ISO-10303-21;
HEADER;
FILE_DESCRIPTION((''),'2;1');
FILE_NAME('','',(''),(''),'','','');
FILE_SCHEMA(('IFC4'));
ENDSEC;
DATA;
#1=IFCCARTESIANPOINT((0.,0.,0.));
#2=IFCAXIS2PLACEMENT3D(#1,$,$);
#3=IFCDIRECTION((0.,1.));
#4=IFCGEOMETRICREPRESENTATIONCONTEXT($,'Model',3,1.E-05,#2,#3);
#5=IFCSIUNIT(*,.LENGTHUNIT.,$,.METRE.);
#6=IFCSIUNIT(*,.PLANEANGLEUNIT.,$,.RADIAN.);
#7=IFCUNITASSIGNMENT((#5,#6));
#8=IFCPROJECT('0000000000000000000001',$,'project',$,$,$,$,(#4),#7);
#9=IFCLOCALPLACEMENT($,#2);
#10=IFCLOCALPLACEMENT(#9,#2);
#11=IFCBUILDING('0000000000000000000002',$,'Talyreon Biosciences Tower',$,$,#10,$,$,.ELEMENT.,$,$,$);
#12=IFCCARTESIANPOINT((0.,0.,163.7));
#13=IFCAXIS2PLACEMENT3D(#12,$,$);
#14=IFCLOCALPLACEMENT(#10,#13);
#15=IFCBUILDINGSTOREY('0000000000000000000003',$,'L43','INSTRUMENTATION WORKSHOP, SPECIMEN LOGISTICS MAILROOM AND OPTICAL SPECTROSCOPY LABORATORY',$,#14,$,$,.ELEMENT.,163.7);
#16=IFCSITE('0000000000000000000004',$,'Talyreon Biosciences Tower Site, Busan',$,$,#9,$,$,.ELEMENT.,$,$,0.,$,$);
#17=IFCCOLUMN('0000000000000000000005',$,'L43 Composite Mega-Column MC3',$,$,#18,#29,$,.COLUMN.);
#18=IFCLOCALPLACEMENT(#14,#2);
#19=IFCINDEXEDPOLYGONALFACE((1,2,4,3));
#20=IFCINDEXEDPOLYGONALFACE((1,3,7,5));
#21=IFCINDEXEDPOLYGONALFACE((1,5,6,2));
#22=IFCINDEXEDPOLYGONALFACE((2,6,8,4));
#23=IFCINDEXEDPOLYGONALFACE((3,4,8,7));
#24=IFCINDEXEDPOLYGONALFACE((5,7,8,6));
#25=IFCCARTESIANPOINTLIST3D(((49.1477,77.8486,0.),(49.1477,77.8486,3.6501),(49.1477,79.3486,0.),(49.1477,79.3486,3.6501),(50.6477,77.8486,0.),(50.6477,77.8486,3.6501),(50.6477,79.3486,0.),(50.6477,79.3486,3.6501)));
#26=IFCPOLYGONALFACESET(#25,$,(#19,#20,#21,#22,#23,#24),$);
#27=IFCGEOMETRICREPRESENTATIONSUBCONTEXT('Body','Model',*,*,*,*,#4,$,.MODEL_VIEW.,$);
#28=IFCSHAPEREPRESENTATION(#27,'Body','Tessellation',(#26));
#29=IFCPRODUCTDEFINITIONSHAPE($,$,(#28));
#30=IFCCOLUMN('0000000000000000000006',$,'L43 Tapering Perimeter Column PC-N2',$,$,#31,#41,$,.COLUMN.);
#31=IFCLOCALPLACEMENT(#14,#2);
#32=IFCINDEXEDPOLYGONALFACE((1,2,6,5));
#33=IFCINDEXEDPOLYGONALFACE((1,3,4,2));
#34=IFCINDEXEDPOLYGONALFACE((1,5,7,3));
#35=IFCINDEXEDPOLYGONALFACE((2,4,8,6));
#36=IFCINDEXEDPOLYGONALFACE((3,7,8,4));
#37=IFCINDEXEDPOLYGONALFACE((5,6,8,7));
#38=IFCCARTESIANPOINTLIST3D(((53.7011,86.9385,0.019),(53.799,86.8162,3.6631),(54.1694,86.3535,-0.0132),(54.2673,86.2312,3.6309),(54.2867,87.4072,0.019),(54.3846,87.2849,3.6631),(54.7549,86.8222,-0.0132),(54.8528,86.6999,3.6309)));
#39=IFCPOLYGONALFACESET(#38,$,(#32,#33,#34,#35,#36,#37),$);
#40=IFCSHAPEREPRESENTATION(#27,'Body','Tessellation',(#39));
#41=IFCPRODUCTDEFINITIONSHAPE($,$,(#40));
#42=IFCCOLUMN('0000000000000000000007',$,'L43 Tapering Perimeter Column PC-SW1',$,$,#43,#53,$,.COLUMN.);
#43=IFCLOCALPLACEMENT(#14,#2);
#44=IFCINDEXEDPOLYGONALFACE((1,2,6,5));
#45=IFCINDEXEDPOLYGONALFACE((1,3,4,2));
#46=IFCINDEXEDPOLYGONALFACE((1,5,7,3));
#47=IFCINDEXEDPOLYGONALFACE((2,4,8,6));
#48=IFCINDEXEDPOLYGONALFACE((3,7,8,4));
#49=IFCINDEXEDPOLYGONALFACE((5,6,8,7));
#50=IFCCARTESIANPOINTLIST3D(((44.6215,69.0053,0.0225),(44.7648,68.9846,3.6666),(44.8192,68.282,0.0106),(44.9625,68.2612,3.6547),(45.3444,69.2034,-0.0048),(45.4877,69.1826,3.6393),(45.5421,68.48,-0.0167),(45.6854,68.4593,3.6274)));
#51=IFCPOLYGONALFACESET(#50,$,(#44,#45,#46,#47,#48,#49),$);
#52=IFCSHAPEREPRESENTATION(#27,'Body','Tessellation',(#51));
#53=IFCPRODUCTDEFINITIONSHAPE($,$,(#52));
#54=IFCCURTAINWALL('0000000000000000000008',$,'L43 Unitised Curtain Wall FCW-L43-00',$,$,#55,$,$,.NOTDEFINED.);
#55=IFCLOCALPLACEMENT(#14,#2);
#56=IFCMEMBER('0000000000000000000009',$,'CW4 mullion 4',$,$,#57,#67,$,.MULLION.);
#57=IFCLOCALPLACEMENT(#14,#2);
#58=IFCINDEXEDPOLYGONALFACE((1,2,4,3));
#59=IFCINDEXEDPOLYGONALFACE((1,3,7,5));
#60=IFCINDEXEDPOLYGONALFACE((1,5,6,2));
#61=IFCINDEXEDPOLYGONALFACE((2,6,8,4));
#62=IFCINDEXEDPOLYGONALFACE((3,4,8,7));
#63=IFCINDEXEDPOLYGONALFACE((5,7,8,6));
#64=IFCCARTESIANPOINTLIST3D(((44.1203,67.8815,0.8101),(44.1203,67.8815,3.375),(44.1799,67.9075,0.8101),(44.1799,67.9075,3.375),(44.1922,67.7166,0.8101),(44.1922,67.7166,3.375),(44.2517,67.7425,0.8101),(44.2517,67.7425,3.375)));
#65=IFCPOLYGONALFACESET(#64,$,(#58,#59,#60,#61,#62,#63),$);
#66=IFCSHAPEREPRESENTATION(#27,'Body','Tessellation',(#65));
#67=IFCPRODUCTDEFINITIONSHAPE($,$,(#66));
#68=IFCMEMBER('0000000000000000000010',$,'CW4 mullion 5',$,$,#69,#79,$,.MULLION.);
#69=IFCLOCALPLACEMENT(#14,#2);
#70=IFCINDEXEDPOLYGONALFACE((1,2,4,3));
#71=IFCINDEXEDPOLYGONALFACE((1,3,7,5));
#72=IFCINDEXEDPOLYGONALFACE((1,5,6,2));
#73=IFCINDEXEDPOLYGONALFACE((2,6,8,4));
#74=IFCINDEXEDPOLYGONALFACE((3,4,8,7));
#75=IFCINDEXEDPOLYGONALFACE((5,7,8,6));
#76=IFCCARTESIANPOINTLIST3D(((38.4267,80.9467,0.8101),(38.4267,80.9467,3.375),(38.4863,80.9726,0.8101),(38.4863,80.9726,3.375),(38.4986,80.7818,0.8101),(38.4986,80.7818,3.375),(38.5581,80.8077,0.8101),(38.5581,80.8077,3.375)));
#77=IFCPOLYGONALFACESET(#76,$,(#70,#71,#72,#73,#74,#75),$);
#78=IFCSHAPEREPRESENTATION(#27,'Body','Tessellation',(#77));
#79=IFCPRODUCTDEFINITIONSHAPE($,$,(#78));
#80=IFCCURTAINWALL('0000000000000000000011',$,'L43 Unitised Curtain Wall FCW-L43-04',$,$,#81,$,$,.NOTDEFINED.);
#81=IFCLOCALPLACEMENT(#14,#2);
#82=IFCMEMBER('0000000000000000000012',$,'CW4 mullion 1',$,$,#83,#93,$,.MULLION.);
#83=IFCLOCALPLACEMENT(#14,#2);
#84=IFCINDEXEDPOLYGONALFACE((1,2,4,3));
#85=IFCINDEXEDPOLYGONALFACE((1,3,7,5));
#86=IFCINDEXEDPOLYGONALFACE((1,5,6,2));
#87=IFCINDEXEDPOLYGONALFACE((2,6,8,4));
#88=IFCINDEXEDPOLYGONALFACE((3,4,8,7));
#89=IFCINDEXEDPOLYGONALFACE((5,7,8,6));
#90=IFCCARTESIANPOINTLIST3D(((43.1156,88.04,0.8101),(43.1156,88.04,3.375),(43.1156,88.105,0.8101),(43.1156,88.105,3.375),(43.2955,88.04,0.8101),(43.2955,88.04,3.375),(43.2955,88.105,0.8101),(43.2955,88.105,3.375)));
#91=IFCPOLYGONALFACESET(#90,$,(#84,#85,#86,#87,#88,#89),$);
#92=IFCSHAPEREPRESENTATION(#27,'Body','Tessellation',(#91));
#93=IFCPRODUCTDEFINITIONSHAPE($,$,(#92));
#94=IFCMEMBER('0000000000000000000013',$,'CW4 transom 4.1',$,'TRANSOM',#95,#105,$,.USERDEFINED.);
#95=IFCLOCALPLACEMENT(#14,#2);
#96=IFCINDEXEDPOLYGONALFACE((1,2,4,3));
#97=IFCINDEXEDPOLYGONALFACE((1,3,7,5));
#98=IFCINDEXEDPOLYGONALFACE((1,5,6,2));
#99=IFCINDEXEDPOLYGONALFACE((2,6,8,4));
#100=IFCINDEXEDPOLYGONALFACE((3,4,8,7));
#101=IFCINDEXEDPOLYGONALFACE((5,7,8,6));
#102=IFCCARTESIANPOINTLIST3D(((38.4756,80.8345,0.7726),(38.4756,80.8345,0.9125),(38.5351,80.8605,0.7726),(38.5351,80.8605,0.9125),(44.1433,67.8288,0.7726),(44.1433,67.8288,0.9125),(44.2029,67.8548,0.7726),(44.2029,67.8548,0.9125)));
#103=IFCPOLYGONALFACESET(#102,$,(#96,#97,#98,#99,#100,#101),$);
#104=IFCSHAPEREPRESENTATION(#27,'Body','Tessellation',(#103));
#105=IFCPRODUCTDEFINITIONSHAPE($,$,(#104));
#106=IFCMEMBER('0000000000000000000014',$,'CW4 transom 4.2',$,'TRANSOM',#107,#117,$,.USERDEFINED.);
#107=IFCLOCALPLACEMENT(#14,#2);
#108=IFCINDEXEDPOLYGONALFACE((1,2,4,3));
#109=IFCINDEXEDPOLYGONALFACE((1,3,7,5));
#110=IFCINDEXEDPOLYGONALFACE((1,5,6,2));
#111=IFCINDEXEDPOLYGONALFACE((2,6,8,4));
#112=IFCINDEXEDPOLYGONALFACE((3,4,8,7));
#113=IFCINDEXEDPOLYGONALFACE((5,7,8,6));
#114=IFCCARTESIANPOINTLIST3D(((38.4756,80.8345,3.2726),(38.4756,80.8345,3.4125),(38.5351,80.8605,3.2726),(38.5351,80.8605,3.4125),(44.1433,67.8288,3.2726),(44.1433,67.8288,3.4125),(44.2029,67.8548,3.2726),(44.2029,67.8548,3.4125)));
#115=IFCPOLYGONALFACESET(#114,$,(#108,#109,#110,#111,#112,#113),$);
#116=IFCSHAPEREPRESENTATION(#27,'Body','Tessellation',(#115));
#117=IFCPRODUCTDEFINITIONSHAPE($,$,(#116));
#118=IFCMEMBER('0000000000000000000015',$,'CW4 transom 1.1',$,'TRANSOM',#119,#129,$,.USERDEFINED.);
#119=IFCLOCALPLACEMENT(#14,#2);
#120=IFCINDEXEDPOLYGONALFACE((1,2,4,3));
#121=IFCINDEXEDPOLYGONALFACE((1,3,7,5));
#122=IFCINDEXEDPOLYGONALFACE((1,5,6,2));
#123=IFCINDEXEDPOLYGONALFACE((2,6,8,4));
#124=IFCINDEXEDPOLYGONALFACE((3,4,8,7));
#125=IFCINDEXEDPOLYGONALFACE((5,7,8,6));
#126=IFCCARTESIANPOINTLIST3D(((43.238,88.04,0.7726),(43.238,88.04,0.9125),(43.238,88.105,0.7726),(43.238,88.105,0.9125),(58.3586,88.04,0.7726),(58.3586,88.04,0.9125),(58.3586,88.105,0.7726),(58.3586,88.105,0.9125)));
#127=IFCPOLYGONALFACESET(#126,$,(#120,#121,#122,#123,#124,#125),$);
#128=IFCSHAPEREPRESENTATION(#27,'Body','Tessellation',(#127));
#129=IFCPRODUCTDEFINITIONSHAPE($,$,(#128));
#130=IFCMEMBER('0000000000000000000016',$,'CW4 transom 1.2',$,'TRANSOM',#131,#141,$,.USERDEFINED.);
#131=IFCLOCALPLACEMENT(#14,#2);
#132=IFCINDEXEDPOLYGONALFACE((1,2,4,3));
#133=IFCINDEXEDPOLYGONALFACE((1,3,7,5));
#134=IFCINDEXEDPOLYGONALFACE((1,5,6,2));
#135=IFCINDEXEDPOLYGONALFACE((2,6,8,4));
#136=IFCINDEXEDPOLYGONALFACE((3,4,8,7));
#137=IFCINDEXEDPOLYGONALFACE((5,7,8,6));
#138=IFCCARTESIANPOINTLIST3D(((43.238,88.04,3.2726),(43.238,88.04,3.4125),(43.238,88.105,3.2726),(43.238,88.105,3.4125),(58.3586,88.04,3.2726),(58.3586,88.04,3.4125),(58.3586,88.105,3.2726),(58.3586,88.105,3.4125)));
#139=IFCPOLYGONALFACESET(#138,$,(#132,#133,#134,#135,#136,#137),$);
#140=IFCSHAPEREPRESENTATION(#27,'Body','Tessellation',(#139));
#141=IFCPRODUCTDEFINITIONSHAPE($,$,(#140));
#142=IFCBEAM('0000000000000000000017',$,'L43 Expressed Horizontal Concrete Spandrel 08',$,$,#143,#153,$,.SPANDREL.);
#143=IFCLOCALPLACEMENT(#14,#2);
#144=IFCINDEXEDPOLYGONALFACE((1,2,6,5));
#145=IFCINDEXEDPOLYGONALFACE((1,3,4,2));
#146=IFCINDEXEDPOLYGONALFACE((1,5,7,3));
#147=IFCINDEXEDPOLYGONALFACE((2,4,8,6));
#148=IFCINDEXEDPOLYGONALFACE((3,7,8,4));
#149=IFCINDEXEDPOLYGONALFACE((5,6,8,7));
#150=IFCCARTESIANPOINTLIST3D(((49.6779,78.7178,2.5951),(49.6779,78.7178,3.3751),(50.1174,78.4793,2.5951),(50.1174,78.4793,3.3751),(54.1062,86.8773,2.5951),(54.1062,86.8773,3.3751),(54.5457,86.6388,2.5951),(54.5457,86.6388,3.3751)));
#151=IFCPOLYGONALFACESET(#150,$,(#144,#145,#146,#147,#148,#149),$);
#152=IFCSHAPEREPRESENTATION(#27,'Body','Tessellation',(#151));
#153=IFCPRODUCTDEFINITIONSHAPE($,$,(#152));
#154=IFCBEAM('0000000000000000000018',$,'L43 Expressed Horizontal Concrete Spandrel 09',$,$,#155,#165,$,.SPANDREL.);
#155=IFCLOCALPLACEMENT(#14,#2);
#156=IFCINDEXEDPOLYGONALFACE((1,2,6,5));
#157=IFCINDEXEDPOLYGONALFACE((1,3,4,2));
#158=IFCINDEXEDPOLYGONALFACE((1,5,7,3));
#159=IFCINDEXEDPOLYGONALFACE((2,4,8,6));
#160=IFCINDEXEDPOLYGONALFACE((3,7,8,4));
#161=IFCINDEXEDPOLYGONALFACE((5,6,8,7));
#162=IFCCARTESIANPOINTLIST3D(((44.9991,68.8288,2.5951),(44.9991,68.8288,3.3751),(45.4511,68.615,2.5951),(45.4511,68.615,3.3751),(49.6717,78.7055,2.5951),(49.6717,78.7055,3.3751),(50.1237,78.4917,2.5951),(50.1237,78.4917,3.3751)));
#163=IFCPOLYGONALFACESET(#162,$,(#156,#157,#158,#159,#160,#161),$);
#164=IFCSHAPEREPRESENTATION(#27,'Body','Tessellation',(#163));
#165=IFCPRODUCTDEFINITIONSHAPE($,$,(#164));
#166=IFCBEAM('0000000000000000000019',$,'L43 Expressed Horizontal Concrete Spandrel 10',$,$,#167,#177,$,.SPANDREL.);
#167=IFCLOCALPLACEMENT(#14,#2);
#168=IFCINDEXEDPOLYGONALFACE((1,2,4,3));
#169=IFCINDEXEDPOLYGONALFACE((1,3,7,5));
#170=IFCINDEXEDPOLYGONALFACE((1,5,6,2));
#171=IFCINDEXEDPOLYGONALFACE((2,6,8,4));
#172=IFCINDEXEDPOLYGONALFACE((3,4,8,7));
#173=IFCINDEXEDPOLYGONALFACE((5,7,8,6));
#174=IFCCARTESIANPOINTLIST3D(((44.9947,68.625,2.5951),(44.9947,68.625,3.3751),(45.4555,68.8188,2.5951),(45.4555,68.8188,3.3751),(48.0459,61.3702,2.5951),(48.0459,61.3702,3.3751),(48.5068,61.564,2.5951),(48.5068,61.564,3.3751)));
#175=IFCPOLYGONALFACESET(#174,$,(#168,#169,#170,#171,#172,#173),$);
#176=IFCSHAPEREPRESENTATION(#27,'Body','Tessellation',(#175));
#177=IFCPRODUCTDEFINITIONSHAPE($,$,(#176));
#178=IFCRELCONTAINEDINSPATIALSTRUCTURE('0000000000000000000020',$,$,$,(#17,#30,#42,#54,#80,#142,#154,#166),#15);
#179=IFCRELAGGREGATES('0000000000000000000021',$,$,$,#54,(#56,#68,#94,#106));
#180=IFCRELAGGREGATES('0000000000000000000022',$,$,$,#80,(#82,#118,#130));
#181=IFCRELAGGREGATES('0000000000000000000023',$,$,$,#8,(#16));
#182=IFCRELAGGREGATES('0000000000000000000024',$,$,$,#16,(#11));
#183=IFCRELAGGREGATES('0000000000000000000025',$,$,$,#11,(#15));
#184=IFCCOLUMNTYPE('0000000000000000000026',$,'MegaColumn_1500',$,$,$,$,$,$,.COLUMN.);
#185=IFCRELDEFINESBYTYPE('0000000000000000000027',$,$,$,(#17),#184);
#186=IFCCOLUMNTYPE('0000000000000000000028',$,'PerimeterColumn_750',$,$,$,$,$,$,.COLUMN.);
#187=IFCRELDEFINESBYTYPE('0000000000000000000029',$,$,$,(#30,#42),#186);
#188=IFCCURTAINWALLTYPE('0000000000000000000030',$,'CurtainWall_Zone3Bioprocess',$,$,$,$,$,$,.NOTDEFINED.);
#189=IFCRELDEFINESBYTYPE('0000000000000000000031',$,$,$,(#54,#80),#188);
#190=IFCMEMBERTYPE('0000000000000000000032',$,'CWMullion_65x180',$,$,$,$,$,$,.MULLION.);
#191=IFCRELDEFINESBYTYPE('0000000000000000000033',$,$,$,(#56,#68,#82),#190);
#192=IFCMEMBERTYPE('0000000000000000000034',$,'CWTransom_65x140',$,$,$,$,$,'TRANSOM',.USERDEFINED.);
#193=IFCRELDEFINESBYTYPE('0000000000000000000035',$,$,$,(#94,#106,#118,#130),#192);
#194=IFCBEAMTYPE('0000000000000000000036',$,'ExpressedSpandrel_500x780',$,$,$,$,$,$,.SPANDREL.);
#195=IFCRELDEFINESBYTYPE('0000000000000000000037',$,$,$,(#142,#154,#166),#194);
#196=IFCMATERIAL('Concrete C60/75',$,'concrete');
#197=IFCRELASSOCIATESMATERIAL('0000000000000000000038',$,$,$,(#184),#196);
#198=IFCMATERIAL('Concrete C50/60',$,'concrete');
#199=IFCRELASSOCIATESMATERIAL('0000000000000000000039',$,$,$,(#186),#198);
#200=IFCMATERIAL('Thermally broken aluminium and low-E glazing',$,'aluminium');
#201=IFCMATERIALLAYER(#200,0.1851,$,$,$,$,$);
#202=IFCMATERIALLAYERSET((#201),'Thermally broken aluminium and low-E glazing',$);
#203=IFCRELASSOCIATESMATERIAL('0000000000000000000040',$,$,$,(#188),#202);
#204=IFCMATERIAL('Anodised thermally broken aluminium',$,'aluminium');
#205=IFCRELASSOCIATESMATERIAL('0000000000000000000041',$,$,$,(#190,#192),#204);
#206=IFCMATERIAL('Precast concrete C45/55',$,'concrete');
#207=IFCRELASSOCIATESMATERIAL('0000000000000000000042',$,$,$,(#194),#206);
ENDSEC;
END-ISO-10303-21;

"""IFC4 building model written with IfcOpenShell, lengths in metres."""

from ifc_helpers import new_model, si_unit, direction, frame, origin, origin_2d, place, context, subcontext, project, spatial, rectangle, extrude, material, layer, layer_set, material_profile, profile_set, type_object, element, aggregate, save


model = new_model("IFC4")

# Units and contexts
model_context = context("Model", 3, precision=1e-05, world=origin(), true_north=direction((0.0, 1.0)))
body_context = subcontext(model_context, "Body", "Model", "MODEL_VIEW")
ifc_project = project(units=[si_unit("LENGTHUNIT", "METRE"), si_unit("PLANEANGLEUNIT", "RADIAN")], contexts=[model_context])

# Site, building, storey
site_placement = place(None, origin())
site = spatial("IfcSite", under=ifc_project, at=site_placement, Name="Talyreon Biosciences Tower Site, Busan", CompositionType="ELEMENT", RefElevation=0.0)
building_placement = place(site_placement, origin())
building = spatial("IfcBuilding", under=site, at=building_placement, Name="Talyreon Biosciences Tower", CompositionType="ELEMENT")
storey_placement = place(building_placement, frame((0.0, 0.0, 163.7)))
storey = spatial("IfcBuildingStorey", under=building, at=storey_placement, Name="L43", Description="INSTRUMENTATION WORKSHOP, SPECIMEN LOGISTICS MAILROOM AND OPTICAL SPECTROSCOPY LABORATORY", CompositionType="ELEMENT", Elevation=163.7)

# Columns
ifc_material_1 = material(Name="Concrete C60/75", Category="concrete")
ifc_material_profile_1 = material_profile(ifc_material_1, rectangle(XDim=1.5, YDim=1.5, at=origin_2d()), Name="RC 1500x1500")
ifc_profile_set_1 = profile_set([ifc_material_profile_1], Name="Concrete C60/75")
column_type_1 = type_object("IfcColumnType", Name="MegaColumn_1500", PredefinedType="COLUMN", material=ifc_profile_set_1)
column_1_placement = place(storey_placement, frame((49.8977, 78.5986, 0.0), z_axis=(0.0, 0.0, 1.0), x_axis=(1.0, 0.0, 0.0)))
element("IfcColumn", 1, at=column_1_placement, inside=storey, type_object=column_type_1, Name="L43 Composite Mega-Column MC3", PredefinedType="COLUMN", context=body_context, shape_type="SweptSolid", body=[
    extrude(rectangle(XDim=1.5, YDim=1.5, at=origin_2d()), origin(), (0.0, 0.0, 1.0), 3.6501),
])
ifc_material_2 = material(Name="Concrete C50/60", Category="concrete")
ifc_material_profile_2 = material_profile(ifc_material_2, rectangle(XDim=0.75, YDim=0.75, at=origin_2d()), Name="RC 750x750")
ifc_profile_set_2 = profile_set([ifc_material_profile_2], Name="Concrete C50/60")
column_type_2 = type_object("IfcColumnType", Name="PerimeterColumn_750", PredefinedType="COLUMN", material=ifc_profile_set_2)
column_2_placement = place(storey_placement, frame((54.228, 86.8804, 0.0029), z_axis=(0.026841, -0.033535, 0.999077), x_axis=(-0.780717, -0.624885, 0.0)))
element("IfcColumn", 2, at=column_2_placement, inside=storey, type_object=column_type_2, Name="L43 Tapering Perimeter Column PC-N2", PredefinedType="COLUMN", context=body_context, shape_type="SweptSolid", body=[
    extrude(rectangle(XDim=0.75, YDim=0.75, at=origin_2d()), origin(), (0.0, 0.0, 1.0), 3.6475),
])
column_3_placement = place(storey_placement, frame((45.0818, 68.7427, 0.0029), z_axis=(0.039296, -0.00569, 0.999211), x_axis=(0.963825, 0.264037, -0.036401)))
element("IfcColumn", 3, at=column_3_placement, inside=storey, type_object=column_type_2, Name="L43 Tapering Perimeter Column PC-SW1", PredefinedType="COLUMN", context=body_context, shape_type="SweptSolid", body=[
    extrude(rectangle(XDim=0.75, YDim=0.75, at=origin_2d()), origin(), (0.0, 0.0, 1.0), 3.647),
])

# Curtain wall, members
ifc_material_3 = material(Name="Thermally broken aluminium and low-E glazing", Category="aluminium")
ifc_layer_1 = layer(ifc_material_3, 0.1851)
ifc_layer_set_1 = layer_set([ifc_layer_1], Name="Thermally broken aluminium and low-E glazing")
curtain_wall_type = type_object("IfcCurtainWallType", Name="CurtainWall_Zone3Bioprocess", PredefinedType="NOTDEFINED", material=ifc_layer_set_1)
curtain_wall_1_placement = place(storey_placement, origin())
curtain_wall_1 = element("IfcCurtainWall", 4, at=curtain_wall_1_placement, inside=storey, type_object=curtain_wall_type, Name="L43 Unitised Curtain Wall FCW-L43-00", PredefinedType="NOTDEFINED")
ifc_material_4 = material(Name="Anodised thermally broken aluminium", Category="aluminium")
ifc_material_profile_3 = material_profile(ifc_material_4, rectangle(XDim=0.0649, YDim=0.1799, at=origin_2d()), Name="ALUM MULLION 65x180")
ifc_profile_set_3 = profile_set([ifc_material_profile_3], Name="Anodised thermally broken aluminium")
member_type_1 = type_object("IfcMemberType", Name="CWMullion_65x180", PredefinedType="MULLION", material=ifc_profile_set_3)
member_1_placement = place(storey_placement, frame((44.186, 67.812, 0.8101), z_axis=(0.0, 0.0, 1.0), x_axis=(-0.916731, -0.399505, 0.0)))
member_1 = element("IfcMember", 5, at=member_1_placement, type_object=member_type_1, Name="CW4 mullion 4", PredefinedType="MULLION", context=body_context, shape_type="SweptSolid", body=[
    extrude(rectangle(XDim=0.0649, YDim=0.1799, at=origin_2d()), origin(), (0.0, 0.0, 1.0), 2.5649),
])
member_2_placement = place(storey_placement, frame((38.4924, 80.8772, 0.8101), z_axis=(0.0, 0.0, 1.0), x_axis=(-0.916731, -0.399505, 0.0)))
member_2 = element("IfcMember", 6, at=member_2_placement, type_object=member_type_1, Name="CW4 mullion 5", PredefinedType="MULLION", context=body_context, shape_type="SweptSolid", body=[
    extrude(rectangle(XDim=0.0649, YDim=0.1799, at=origin_2d()), origin(), (0.0, 0.0, 1.0), 2.5649),
])

# Curtain wall, member
curtain_wall_2_placement = place(storey_placement, origin())
curtain_wall_2 = element("IfcCurtainWall", 7, at=curtain_wall_2_placement, inside=storey, type_object=curtain_wall_type, Name="L43 Unitised Curtain Wall FCW-L43-04", PredefinedType="NOTDEFINED")
member_3_placement = place(storey_placement, frame((43.2056, 88.0725, 0.8101), z_axis=(0.0, 0.0, 1.0), x_axis=(0.0, 1.0, 0.0)))
member_3 = element("IfcMember", 8, at=member_3_placement, type_object=member_type_1, Name="CW4 mullion 1", PredefinedType="MULLION", context=body_context, shape_type="SweptSolid", body=[
    extrude(rectangle(XDim=0.0649, YDim=0.1799, at=origin_2d()), origin(), (0.0, 0.0, 1.0), 2.5649),
])

# Members
ifc_material_profile_4 = material_profile(ifc_material_4, rectangle(XDim=0.0649, YDim=0.1399, at=origin_2d()), Name="ALUM TRANSOM 65x140")
ifc_profile_set_4 = profile_set([ifc_material_profile_4], Name="Anodised thermally broken aluminium")
member_type_2 = type_object("IfcMemberType", Name="CWTransom_65x140", ElementType="TRANSOM", PredefinedType="USERDEFINED", material=ifc_profile_set_4)
member_4_placement = place(storey_placement, frame((44.1731, 67.8418, 0.8425), z_axis=(-0.399503, 0.916732, 0.0), x_axis=(-0.916732, -0.399503, 0.0)))
member_4 = element("IfcMember", 9, at=member_4_placement, type_object=member_type_2, Name="CW4 transom 4.1", ObjectType="TRANSOM", PredefinedType="USERDEFINED", context=body_context, shape_type="SweptSolid", body=[
    extrude(rectangle(XDim=0.0649, YDim=0.1399, at=origin_2d()), origin(), (0.0, 0.0, 1.0), 14.187),
])
member_5_placement = place(storey_placement, frame((44.1731, 67.8418, 3.3425), z_axis=(-0.399503, 0.916732, 0.0), x_axis=(-0.916732, -0.399503, 0.0)))
member_5 = element("IfcMember", 10, at=member_5_placement, type_object=member_type_2, Name="CW4 transom 4.2", ObjectType="TRANSOM", PredefinedType="USERDEFINED", context=body_context, shape_type="SweptSolid", body=[
    extrude(rectangle(XDim=0.0649, YDim=0.1399, at=origin_2d()), origin(), (0.0, 0.0, 1.0), 14.187),
])
member_6_placement = place(storey_placement, frame((43.238, 88.0725, 0.8425), z_axis=(1.0, 0.0, 0.0), x_axis=(0.0, 1.0, 0.0)))
member_6 = element("IfcMember", 11, at=member_6_placement, type_object=member_type_2, Name="CW4 transom 1.1", ObjectType="TRANSOM", PredefinedType="USERDEFINED", context=body_context, shape_type="SweptSolid", body=[
    extrude(rectangle(XDim=0.0649, YDim=0.1399, at=origin_2d()), origin(), (0.0, 0.0, 1.0), 15.1206),
])
member_7_placement = place(storey_placement, frame((43.238, 88.0725, 3.3425), z_axis=(1.0, 0.0, 0.0), x_axis=(0.0, 1.0, 0.0)))
member_7 = element("IfcMember", 12, at=member_7_placement, type_object=member_type_2, Name="CW4 transom 1.2", ObjectType="TRANSOM", PredefinedType="USERDEFINED", context=body_context, shape_type="SweptSolid", body=[
    extrude(rectangle(XDim=0.0649, YDim=0.1399, at=origin_2d()), origin(), (0.0, 0.0, 1.0), 15.1206),
])

# Beams
ifc_material_5 = material(Name="Precast concrete C45/55", Category="concrete")
ifc_material_profile_5 = material_profile(ifc_material_5, rectangle(XDim=0.5, YDim=0.78, at=origin_2d()), Name="RCB 500x780")
ifc_profile_set_5 = profile_set([ifc_material_profile_5], Name="Precast concrete C45/55")
beam_type_1 = type_object("IfcBeamType", Name="ExpressedSpandrel_500x780", PredefinedType="SPANDREL", material=ifc_profile_set_5)
beam_1_placement = place(storey_placement, frame((54.3259, 86.7581, 2.9851), z_axis=(-0.476994, -0.878907, 0.0), x_axis=(0.878907, -0.476994, 0.0)))
element("IfcBeam", 13, at=beam_1_placement, inside=storey, type_object=beam_type_1, Name="L43 Expressed Horizontal Concrete Spandrel 08", PredefinedType="SPANDREL", context=body_context, shape_type="SweptSolid", body=[
    extrude(rectangle(XDim=0.5, YDim=0.78, at=origin_2d()), origin(), (0.0, 0.0, 1.0), 9.2837),
])
beam_2_placement = place(storey_placement, frame((49.8977, 78.5986, 2.9851), z_axis=(-0.42765, -0.903944, 0.0), x_axis=(0.903944, -0.42765, 0.0)))
element("IfcBeam", 14, at=beam_2_placement, inside=storey, type_object=beam_type_1, Name="L43 Expressed Horizontal Concrete Spandrel 09", PredefinedType="SPANDREL", context=body_context, shape_type="SweptSolid", body=[
    extrude(rectangle(XDim=0.5, YDim=0.78, at=origin_2d()), origin(), (0.0, 0.0, 1.0), 10.9263),
])
beam_3_placement = place(storey_placement, frame((45.2251, 68.7219, 2.9851), z_axis=(0.387688, -0.921791, 0.0), x_axis=(0.921791, 0.387688, 0.0)))
element("IfcBeam", 15, at=beam_3_placement, inside=storey, type_object=beam_type_1, Name="L43 Expressed Horizontal Concrete Spandrel 10", PredefinedType="SPANDREL", context=body_context, shape_type="SweptSolid", body=[
    extrude(rectangle(XDim=0.5, YDim=0.78, at=origin_2d()), origin(), (0.0, 0.0, 1.0), 7.8704),
])

aggregate(curtain_wall_1, [member_1, member_2, member_4, member_5])
aggregate(curtain_wall_2, [member_3, member_6, member_7])

save(model, "model.ifc")
